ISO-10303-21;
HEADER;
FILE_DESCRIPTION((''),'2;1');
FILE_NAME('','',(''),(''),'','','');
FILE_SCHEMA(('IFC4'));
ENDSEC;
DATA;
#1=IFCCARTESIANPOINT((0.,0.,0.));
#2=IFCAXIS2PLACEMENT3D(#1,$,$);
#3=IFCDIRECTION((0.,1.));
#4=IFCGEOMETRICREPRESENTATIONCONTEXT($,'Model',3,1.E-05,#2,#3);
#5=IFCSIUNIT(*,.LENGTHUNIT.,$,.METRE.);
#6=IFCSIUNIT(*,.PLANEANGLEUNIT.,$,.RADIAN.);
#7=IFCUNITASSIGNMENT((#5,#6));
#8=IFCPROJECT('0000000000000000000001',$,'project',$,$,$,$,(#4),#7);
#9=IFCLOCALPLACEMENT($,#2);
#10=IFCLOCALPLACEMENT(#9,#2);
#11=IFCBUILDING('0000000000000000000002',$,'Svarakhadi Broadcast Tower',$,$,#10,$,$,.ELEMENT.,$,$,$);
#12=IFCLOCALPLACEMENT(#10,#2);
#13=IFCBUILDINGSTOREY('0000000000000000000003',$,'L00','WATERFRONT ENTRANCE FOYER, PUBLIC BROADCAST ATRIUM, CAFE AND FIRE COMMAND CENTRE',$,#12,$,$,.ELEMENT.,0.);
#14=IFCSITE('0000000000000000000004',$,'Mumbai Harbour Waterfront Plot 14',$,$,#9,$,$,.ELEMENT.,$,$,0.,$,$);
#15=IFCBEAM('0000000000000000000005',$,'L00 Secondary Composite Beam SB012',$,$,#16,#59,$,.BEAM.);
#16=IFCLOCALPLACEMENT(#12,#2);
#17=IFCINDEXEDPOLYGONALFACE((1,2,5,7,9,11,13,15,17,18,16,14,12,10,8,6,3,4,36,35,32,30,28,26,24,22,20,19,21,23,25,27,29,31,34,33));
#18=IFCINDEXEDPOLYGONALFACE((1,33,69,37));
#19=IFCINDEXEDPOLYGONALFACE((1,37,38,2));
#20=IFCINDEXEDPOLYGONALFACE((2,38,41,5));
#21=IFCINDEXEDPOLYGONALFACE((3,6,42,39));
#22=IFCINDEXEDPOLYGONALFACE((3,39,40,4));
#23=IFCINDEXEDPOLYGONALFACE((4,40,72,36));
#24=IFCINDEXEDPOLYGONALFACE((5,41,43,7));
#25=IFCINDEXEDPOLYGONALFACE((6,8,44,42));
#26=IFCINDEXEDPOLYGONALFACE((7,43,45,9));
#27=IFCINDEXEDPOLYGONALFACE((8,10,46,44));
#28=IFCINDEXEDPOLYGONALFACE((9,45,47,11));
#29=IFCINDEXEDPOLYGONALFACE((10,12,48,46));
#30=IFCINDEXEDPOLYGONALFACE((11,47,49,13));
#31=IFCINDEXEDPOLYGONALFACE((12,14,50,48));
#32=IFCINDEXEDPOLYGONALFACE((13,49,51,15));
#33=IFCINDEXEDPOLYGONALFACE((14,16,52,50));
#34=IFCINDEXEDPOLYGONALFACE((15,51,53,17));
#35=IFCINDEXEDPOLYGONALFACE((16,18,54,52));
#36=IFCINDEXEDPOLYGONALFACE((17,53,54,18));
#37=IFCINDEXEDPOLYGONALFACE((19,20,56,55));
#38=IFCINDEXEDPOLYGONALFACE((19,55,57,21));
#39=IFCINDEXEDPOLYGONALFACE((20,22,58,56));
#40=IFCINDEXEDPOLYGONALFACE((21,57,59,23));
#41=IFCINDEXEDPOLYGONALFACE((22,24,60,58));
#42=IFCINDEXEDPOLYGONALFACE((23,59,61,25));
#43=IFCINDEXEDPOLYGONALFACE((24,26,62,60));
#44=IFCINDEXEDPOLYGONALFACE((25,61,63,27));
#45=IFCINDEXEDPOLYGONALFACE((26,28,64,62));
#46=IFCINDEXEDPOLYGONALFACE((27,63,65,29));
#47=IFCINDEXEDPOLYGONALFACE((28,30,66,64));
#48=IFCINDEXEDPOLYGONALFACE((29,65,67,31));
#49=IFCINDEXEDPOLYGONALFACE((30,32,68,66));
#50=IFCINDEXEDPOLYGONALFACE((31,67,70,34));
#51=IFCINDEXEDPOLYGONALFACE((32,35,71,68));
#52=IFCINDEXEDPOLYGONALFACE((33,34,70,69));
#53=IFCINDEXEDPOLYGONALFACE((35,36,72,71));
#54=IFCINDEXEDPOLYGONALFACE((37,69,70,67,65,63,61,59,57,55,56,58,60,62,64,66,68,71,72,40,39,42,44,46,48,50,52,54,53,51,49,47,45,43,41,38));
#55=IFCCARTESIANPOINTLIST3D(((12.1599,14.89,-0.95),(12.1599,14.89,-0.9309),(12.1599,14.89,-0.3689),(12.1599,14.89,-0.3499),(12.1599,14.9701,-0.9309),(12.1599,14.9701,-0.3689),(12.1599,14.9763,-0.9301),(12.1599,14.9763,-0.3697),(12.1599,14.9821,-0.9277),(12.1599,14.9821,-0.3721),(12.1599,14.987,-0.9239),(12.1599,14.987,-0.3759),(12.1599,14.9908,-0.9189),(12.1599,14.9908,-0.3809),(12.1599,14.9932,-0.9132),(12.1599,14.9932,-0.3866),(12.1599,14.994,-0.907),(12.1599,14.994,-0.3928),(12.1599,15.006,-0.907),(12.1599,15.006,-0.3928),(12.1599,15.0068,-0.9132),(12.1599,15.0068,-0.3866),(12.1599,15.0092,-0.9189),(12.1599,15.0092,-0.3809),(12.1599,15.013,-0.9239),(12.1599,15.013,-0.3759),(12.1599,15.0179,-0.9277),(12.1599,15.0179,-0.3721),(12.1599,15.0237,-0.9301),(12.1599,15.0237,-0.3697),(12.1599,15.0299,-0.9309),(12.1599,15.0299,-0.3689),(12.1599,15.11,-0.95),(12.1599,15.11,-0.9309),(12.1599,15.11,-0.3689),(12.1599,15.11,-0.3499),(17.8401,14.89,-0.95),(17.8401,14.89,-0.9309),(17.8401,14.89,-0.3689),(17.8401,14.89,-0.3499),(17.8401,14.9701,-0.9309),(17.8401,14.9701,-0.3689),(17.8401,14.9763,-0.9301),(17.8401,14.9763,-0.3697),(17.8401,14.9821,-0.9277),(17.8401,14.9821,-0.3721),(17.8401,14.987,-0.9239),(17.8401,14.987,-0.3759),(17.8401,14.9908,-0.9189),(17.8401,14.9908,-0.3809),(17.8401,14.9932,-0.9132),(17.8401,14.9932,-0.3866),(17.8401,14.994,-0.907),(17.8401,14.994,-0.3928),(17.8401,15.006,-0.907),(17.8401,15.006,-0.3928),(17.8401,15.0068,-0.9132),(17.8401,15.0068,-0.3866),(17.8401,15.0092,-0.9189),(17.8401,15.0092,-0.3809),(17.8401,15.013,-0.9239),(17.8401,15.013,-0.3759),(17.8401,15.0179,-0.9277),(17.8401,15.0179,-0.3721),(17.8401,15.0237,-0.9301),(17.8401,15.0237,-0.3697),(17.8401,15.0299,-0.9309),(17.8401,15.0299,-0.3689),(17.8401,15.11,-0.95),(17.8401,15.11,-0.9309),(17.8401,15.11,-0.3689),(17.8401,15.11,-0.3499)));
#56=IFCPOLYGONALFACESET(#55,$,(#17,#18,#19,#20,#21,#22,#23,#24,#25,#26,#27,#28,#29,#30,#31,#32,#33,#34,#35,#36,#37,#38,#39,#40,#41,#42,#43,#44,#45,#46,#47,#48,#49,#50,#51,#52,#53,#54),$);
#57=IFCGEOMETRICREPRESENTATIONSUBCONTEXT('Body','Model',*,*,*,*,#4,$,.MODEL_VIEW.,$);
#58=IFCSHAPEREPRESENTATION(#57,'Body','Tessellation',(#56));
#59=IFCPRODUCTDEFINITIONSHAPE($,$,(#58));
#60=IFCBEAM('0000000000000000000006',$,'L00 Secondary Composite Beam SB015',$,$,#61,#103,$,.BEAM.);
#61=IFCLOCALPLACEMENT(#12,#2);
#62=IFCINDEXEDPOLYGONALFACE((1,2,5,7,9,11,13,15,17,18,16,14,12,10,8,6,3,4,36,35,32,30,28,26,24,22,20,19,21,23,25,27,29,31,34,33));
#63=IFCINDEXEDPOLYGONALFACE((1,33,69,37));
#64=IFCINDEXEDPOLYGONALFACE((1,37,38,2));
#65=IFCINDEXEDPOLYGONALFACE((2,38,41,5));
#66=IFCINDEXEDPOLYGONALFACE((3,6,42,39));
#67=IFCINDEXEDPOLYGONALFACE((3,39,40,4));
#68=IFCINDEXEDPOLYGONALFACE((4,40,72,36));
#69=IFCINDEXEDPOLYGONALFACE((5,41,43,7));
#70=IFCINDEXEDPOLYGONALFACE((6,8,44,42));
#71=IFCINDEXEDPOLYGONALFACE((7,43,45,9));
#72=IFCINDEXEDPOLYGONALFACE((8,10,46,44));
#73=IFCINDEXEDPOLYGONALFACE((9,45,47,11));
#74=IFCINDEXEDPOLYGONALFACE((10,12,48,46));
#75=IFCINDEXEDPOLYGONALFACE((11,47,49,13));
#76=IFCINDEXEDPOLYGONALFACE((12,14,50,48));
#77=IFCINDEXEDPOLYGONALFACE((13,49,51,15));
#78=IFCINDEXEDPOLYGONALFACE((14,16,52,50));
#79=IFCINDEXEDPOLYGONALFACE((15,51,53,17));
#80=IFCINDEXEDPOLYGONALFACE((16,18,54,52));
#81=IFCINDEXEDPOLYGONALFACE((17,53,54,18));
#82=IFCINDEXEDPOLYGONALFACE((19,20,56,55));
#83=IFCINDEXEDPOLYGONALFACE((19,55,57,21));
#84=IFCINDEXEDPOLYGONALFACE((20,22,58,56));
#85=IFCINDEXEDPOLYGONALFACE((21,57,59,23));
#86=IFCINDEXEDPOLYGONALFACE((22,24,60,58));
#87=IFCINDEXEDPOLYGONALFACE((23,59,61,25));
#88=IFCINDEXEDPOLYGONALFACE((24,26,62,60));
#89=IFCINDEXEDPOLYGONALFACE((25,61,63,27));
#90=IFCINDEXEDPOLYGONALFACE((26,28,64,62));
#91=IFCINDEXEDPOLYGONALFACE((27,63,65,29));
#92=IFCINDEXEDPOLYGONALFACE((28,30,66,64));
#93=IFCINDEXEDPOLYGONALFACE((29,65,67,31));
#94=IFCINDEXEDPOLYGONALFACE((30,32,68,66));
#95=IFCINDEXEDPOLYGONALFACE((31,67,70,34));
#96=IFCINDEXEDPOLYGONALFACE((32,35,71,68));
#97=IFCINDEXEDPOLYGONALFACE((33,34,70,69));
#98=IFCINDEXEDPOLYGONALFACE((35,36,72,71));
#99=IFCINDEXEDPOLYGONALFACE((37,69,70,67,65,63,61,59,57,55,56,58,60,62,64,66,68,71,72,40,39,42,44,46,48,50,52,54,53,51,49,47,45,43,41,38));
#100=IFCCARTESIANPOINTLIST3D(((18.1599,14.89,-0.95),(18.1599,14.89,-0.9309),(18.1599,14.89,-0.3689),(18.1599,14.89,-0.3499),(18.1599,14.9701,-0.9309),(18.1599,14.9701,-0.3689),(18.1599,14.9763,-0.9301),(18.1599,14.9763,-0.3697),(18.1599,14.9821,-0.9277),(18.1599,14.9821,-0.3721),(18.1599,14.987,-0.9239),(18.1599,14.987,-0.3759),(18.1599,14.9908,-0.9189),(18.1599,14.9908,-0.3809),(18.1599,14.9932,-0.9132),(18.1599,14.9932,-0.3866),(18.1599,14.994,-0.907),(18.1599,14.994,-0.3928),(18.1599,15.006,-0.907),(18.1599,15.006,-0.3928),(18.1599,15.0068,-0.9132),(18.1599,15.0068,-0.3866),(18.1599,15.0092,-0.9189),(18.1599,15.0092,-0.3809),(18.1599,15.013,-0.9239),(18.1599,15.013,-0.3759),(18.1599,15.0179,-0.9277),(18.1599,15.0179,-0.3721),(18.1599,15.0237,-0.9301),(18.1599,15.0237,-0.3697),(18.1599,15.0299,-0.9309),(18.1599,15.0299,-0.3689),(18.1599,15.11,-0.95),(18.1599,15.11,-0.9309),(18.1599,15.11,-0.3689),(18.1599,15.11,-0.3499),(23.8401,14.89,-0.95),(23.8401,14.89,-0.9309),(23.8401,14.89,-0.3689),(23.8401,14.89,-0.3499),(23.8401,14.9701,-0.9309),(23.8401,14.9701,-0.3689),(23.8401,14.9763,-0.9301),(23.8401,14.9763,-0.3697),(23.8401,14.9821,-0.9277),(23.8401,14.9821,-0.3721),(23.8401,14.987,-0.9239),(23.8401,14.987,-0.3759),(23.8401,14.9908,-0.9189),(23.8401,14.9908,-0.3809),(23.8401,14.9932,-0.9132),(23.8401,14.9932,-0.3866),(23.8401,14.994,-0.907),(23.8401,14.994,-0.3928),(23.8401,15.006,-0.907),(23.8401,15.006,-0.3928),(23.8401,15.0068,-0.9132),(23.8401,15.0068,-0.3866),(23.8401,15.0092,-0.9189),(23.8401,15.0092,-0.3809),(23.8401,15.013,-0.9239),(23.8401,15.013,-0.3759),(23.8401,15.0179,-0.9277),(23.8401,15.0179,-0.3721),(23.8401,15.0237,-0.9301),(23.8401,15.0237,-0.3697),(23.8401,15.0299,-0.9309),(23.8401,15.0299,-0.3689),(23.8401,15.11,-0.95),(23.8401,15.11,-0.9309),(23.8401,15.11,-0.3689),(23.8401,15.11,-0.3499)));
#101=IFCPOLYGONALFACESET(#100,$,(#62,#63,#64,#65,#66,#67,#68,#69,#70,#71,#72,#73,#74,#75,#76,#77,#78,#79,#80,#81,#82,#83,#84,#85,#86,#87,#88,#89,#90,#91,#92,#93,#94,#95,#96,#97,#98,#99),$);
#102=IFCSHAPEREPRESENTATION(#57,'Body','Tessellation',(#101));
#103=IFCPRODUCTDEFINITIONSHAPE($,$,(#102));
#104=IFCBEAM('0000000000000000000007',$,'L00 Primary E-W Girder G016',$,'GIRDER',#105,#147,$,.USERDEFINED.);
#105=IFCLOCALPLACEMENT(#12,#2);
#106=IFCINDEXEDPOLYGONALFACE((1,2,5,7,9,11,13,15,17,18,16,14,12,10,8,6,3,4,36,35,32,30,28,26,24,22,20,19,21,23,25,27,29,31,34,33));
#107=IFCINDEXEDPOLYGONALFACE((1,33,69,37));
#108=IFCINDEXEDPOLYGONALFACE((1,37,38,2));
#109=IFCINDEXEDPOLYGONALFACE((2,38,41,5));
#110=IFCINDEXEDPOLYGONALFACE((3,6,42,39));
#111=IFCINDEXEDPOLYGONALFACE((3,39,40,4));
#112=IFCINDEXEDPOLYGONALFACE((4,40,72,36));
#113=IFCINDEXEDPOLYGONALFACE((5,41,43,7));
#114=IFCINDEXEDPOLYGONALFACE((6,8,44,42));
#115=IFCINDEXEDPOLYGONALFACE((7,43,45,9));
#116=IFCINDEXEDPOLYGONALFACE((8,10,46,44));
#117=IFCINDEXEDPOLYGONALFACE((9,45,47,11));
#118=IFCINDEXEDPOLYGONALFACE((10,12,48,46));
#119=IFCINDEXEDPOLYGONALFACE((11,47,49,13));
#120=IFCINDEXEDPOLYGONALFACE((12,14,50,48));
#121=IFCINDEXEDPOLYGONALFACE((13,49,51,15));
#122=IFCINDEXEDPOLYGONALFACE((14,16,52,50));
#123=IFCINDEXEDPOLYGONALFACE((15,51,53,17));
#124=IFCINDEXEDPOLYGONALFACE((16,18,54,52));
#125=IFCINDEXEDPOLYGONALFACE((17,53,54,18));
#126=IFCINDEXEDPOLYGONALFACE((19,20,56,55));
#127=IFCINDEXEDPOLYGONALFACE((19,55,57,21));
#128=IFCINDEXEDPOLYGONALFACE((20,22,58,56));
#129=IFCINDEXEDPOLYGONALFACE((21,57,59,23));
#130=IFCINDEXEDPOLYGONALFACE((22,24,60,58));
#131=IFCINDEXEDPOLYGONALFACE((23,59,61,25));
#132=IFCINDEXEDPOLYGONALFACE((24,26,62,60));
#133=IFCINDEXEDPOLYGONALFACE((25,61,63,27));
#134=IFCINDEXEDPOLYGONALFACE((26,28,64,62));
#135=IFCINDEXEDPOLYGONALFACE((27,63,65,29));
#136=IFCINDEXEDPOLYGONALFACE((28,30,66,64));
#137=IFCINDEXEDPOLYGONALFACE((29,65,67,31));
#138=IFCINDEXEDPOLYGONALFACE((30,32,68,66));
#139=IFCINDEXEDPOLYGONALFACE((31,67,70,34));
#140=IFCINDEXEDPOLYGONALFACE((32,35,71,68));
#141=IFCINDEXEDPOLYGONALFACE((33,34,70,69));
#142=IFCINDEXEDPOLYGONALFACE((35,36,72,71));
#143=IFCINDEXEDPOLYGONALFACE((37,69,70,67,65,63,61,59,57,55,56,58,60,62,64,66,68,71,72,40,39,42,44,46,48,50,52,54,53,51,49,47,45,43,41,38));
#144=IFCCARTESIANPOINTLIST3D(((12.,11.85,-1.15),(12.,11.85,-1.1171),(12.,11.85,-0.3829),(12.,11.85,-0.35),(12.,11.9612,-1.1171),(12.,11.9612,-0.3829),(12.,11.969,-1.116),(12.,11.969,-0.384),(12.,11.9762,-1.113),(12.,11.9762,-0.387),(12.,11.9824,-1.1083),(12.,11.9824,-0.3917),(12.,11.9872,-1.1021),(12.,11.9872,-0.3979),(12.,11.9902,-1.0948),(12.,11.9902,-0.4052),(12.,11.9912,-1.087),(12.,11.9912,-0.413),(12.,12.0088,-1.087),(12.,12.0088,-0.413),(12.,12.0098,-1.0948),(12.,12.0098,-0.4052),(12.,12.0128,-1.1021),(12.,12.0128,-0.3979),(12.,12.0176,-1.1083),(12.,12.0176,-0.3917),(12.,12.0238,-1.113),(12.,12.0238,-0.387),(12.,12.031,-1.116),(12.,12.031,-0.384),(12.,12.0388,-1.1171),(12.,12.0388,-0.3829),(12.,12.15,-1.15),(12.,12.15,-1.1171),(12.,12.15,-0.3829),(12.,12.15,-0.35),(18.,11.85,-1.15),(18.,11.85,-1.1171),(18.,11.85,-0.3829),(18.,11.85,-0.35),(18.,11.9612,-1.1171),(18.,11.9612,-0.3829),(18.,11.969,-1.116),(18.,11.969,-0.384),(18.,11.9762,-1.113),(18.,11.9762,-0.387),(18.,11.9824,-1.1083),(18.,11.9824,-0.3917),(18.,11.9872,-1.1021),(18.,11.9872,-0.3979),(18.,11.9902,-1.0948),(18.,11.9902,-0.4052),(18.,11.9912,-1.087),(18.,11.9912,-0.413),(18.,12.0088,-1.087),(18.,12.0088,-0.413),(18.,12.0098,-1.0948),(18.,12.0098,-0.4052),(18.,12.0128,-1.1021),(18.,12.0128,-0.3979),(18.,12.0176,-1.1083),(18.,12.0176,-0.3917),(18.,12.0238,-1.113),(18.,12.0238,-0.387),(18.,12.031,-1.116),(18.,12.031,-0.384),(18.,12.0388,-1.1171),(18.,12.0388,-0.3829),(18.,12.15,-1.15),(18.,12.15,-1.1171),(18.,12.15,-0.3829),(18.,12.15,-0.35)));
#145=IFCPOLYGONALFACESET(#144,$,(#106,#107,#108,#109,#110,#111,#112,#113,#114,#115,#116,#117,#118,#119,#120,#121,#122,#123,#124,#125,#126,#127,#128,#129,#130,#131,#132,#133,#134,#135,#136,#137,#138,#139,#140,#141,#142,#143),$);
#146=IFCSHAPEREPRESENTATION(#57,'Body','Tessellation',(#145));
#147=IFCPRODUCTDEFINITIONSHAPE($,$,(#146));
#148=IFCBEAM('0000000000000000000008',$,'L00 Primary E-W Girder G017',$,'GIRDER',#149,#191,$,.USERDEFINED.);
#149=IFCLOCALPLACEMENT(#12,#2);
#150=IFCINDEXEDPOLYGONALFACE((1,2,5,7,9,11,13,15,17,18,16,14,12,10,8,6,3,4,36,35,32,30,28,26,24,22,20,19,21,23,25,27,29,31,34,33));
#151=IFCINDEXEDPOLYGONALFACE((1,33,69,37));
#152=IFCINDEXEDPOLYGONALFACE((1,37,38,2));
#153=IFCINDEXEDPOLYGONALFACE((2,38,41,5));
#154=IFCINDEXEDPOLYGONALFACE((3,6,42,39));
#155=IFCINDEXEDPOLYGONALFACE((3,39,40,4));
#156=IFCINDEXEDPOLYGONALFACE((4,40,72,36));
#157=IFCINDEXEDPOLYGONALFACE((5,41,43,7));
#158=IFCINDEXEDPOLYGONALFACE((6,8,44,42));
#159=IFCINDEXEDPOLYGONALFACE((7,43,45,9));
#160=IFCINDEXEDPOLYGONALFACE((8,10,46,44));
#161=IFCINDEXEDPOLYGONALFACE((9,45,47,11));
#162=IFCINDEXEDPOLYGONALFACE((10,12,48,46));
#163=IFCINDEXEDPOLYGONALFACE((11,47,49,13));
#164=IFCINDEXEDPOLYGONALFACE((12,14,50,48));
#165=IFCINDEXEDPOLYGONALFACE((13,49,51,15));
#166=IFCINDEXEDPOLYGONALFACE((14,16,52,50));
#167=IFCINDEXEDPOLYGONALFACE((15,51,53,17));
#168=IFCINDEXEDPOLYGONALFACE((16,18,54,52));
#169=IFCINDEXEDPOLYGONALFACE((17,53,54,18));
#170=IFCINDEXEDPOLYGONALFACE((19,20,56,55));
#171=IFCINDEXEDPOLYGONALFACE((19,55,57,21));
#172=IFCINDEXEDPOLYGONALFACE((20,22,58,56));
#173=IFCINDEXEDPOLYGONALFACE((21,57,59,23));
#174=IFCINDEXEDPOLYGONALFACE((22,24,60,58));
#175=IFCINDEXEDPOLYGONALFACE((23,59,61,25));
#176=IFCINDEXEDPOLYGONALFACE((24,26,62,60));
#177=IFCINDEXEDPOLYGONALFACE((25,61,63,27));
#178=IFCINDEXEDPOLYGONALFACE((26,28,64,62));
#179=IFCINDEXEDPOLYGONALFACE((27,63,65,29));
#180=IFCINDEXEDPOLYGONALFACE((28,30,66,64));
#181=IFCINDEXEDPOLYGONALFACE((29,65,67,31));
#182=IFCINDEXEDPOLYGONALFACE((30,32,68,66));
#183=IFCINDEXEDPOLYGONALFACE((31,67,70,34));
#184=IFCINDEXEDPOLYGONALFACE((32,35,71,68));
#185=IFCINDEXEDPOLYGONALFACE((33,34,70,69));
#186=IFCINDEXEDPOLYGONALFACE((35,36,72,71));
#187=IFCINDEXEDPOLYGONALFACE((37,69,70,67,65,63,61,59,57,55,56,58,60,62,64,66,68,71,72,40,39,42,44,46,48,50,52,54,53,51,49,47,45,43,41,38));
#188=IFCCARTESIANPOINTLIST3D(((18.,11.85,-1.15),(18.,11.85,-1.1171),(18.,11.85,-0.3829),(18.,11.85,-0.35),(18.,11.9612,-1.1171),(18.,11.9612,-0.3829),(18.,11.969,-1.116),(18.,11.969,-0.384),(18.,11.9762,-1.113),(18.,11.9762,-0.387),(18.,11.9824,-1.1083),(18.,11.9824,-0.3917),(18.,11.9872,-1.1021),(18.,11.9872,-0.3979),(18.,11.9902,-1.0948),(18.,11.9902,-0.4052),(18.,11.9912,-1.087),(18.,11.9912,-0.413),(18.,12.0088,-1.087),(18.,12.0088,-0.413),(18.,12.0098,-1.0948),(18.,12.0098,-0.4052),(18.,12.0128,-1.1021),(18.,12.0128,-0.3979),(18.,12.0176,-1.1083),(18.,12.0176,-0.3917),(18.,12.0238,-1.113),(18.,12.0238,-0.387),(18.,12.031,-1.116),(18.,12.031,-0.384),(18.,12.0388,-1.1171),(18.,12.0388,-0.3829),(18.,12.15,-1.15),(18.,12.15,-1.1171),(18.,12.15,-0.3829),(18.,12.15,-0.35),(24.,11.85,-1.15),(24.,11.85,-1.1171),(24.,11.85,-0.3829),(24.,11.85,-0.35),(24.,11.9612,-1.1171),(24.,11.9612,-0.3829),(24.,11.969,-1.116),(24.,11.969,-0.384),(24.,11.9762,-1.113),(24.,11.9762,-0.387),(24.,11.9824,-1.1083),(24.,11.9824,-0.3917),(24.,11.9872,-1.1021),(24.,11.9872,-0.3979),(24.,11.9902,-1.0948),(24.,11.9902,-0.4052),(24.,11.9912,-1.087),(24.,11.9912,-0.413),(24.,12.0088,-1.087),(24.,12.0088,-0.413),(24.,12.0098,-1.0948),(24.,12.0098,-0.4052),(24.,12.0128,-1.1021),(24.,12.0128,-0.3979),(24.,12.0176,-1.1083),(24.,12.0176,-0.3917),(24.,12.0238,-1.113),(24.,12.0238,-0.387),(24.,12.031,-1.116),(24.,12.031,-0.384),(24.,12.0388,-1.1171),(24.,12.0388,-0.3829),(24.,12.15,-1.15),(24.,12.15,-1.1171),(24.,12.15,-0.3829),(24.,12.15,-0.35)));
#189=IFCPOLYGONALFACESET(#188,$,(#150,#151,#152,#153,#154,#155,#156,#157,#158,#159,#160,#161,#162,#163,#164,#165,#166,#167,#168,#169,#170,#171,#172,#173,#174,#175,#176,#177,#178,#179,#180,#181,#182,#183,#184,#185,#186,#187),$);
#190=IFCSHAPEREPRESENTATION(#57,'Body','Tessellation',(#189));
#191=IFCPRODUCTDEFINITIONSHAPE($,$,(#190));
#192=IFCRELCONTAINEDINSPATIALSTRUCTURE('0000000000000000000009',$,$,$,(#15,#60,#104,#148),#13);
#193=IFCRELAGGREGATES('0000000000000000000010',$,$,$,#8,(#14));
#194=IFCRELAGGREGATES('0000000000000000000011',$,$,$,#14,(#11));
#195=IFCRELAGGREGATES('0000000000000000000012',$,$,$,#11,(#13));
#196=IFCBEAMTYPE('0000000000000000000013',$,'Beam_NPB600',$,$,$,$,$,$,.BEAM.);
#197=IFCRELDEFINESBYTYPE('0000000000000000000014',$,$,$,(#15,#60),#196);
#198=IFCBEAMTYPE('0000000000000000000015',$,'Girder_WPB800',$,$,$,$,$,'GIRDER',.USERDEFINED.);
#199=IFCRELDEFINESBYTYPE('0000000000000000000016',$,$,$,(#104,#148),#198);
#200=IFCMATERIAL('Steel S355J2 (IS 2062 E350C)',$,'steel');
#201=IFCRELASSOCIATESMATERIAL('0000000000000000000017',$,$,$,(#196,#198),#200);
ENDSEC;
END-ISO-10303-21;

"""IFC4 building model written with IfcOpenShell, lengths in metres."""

from ifc_helpers import new_model, si_unit, direction, frame, origin, origin_2d, place, context, subcontext, project, spatial, i_section, extrude, material, material_profile, profile_set, type_object, element, save


model = new_model("IFC4")

# Units and contexts
model_context = context("Model", 3, precision=1e-05, world=origin(), true_north=direction((0.0, 1.0)))
body_context = subcontext(model_context, "Body", "Model", "MODEL_VIEW")
ifc_project = project(units=[si_unit("LENGTHUNIT", "METRE"), si_unit("PLANEANGLEUNIT", "RADIAN")], contexts=[model_context])

# Site, building, storey
site_placement = place(None, origin())
site = spatial("IfcSite", under=ifc_project, at=site_placement, Name="Mumbai Harbour Waterfront Plot 14", CompositionType="ELEMENT", RefElevation=0.0)
building_placement = place(site_placement, origin())
building = spatial("IfcBuilding", under=site, at=building_placement, Name="Svarakhadi Broadcast Tower", CompositionType="ELEMENT")
storey_placement = place(building_placement, origin())
storey = spatial("IfcBuildingStorey", under=building, at=storey_placement, Name="L00", Description="WATERFRONT ENTRANCE FOYER, PUBLIC BROADCAST ATRIUM, CAFE AND FIRE COMMAND CENTRE", CompositionType="ELEMENT", Elevation=0.0)

# Beams
ifc_material_1 = material(Name="Steel S355J2 (IS 2062 E350C)", Category="steel")
ifc_material_profile_1 = material_profile(ifc_material_1, i_section(OverallWidth=0.22, OverallDepth=0.6001, WebThickness=0.012, FlangeThickness=0.019, FilletRadius=0.0239, at=origin_2d()), Name="NPB 600x220x122")
ifc_profile_set_1 = profile_set([ifc_material_profile_1], Name="Steel S355J2 (IS 2062 E350C)")
beam_type_1 = type_object("IfcBeamType", Name="Beam_NPB600", PredefinedType="BEAM", material=ifc_profile_set_1)
for number, where, z_axis, x_axis, name in (
    (1, (12.1599, 15.0, -0.6499), (1.0, 0.0, 0.0), (0.0, 1.0, 0.0), "L00 Secondary Composite Beam SB012"),
    (2, (18.1599, 15.0, -0.6499), (1.0, 0.0, 0.0), (0.0, 1.0, 0.0), "L00 Secondary Composite Beam SB015"),
):
    element("IfcBeam", number, at=place(storey_placement, frame(where, z_axis=z_axis, x_axis=x_axis)), inside=storey, type_object=beam_type_1, Name=name, PredefinedType="BEAM", context=body_context, shape_type="SweptSolid", body=[
        extrude(i_section(OverallWidth=0.22, OverallDepth=0.6001, WebThickness=0.012, FlangeThickness=0.019, FilletRadius=0.0239, at=origin_2d()), origin(), (0.0, 0.0, 1.0), 5.6802),
    ])
ifc_material_profile_2 = material_profile(ifc_material_1, i_section(OverallWidth=0.3, OverallDepth=0.8, WebThickness=0.0176, FlangeThickness=0.033, FilletRadius=0.03, at=origin_2d()), Name="WPB 800x300x262")
ifc_profile_set_2 = profile_set([ifc_material_profile_2], Name="Steel S355J2 (IS 2062 E350C)")
beam_type_2 = type_object("IfcBeamType", Name="Girder_WPB800", ElementType="GIRDER", PredefinedType="USERDEFINED", material=ifc_profile_set_2)
for number, where, z_axis, x_axis, name in (
    (3, (12.0, 12.0, -0.75), (1.0, 0.0, 0.0), (0.0, 1.0, 0.0), "L00 Primary E-W Girder G016"),
    (4, (18.0, 12.0, -0.75), (1.0, 0.0, 0.0), (0.0, 1.0, 0.0), "L00 Primary E-W Girder G017"),
):
    element("IfcBeam", number, at=place(storey_placement, frame(where, z_axis=z_axis, x_axis=x_axis)), inside=storey, type_object=beam_type_2, Name=name, ObjectType="GIRDER", PredefinedType="USERDEFINED", context=body_context, shape_type="SweptSolid", body=[
        extrude(i_section(OverallWidth=0.3, OverallDepth=0.8, WebThickness=0.0176, FlangeThickness=0.033, FilletRadius=0.03, at=origin_2d()), origin(), (0.0, 0.0, 1.0), 6.0),
    ])

save(model, "model.ifc")
